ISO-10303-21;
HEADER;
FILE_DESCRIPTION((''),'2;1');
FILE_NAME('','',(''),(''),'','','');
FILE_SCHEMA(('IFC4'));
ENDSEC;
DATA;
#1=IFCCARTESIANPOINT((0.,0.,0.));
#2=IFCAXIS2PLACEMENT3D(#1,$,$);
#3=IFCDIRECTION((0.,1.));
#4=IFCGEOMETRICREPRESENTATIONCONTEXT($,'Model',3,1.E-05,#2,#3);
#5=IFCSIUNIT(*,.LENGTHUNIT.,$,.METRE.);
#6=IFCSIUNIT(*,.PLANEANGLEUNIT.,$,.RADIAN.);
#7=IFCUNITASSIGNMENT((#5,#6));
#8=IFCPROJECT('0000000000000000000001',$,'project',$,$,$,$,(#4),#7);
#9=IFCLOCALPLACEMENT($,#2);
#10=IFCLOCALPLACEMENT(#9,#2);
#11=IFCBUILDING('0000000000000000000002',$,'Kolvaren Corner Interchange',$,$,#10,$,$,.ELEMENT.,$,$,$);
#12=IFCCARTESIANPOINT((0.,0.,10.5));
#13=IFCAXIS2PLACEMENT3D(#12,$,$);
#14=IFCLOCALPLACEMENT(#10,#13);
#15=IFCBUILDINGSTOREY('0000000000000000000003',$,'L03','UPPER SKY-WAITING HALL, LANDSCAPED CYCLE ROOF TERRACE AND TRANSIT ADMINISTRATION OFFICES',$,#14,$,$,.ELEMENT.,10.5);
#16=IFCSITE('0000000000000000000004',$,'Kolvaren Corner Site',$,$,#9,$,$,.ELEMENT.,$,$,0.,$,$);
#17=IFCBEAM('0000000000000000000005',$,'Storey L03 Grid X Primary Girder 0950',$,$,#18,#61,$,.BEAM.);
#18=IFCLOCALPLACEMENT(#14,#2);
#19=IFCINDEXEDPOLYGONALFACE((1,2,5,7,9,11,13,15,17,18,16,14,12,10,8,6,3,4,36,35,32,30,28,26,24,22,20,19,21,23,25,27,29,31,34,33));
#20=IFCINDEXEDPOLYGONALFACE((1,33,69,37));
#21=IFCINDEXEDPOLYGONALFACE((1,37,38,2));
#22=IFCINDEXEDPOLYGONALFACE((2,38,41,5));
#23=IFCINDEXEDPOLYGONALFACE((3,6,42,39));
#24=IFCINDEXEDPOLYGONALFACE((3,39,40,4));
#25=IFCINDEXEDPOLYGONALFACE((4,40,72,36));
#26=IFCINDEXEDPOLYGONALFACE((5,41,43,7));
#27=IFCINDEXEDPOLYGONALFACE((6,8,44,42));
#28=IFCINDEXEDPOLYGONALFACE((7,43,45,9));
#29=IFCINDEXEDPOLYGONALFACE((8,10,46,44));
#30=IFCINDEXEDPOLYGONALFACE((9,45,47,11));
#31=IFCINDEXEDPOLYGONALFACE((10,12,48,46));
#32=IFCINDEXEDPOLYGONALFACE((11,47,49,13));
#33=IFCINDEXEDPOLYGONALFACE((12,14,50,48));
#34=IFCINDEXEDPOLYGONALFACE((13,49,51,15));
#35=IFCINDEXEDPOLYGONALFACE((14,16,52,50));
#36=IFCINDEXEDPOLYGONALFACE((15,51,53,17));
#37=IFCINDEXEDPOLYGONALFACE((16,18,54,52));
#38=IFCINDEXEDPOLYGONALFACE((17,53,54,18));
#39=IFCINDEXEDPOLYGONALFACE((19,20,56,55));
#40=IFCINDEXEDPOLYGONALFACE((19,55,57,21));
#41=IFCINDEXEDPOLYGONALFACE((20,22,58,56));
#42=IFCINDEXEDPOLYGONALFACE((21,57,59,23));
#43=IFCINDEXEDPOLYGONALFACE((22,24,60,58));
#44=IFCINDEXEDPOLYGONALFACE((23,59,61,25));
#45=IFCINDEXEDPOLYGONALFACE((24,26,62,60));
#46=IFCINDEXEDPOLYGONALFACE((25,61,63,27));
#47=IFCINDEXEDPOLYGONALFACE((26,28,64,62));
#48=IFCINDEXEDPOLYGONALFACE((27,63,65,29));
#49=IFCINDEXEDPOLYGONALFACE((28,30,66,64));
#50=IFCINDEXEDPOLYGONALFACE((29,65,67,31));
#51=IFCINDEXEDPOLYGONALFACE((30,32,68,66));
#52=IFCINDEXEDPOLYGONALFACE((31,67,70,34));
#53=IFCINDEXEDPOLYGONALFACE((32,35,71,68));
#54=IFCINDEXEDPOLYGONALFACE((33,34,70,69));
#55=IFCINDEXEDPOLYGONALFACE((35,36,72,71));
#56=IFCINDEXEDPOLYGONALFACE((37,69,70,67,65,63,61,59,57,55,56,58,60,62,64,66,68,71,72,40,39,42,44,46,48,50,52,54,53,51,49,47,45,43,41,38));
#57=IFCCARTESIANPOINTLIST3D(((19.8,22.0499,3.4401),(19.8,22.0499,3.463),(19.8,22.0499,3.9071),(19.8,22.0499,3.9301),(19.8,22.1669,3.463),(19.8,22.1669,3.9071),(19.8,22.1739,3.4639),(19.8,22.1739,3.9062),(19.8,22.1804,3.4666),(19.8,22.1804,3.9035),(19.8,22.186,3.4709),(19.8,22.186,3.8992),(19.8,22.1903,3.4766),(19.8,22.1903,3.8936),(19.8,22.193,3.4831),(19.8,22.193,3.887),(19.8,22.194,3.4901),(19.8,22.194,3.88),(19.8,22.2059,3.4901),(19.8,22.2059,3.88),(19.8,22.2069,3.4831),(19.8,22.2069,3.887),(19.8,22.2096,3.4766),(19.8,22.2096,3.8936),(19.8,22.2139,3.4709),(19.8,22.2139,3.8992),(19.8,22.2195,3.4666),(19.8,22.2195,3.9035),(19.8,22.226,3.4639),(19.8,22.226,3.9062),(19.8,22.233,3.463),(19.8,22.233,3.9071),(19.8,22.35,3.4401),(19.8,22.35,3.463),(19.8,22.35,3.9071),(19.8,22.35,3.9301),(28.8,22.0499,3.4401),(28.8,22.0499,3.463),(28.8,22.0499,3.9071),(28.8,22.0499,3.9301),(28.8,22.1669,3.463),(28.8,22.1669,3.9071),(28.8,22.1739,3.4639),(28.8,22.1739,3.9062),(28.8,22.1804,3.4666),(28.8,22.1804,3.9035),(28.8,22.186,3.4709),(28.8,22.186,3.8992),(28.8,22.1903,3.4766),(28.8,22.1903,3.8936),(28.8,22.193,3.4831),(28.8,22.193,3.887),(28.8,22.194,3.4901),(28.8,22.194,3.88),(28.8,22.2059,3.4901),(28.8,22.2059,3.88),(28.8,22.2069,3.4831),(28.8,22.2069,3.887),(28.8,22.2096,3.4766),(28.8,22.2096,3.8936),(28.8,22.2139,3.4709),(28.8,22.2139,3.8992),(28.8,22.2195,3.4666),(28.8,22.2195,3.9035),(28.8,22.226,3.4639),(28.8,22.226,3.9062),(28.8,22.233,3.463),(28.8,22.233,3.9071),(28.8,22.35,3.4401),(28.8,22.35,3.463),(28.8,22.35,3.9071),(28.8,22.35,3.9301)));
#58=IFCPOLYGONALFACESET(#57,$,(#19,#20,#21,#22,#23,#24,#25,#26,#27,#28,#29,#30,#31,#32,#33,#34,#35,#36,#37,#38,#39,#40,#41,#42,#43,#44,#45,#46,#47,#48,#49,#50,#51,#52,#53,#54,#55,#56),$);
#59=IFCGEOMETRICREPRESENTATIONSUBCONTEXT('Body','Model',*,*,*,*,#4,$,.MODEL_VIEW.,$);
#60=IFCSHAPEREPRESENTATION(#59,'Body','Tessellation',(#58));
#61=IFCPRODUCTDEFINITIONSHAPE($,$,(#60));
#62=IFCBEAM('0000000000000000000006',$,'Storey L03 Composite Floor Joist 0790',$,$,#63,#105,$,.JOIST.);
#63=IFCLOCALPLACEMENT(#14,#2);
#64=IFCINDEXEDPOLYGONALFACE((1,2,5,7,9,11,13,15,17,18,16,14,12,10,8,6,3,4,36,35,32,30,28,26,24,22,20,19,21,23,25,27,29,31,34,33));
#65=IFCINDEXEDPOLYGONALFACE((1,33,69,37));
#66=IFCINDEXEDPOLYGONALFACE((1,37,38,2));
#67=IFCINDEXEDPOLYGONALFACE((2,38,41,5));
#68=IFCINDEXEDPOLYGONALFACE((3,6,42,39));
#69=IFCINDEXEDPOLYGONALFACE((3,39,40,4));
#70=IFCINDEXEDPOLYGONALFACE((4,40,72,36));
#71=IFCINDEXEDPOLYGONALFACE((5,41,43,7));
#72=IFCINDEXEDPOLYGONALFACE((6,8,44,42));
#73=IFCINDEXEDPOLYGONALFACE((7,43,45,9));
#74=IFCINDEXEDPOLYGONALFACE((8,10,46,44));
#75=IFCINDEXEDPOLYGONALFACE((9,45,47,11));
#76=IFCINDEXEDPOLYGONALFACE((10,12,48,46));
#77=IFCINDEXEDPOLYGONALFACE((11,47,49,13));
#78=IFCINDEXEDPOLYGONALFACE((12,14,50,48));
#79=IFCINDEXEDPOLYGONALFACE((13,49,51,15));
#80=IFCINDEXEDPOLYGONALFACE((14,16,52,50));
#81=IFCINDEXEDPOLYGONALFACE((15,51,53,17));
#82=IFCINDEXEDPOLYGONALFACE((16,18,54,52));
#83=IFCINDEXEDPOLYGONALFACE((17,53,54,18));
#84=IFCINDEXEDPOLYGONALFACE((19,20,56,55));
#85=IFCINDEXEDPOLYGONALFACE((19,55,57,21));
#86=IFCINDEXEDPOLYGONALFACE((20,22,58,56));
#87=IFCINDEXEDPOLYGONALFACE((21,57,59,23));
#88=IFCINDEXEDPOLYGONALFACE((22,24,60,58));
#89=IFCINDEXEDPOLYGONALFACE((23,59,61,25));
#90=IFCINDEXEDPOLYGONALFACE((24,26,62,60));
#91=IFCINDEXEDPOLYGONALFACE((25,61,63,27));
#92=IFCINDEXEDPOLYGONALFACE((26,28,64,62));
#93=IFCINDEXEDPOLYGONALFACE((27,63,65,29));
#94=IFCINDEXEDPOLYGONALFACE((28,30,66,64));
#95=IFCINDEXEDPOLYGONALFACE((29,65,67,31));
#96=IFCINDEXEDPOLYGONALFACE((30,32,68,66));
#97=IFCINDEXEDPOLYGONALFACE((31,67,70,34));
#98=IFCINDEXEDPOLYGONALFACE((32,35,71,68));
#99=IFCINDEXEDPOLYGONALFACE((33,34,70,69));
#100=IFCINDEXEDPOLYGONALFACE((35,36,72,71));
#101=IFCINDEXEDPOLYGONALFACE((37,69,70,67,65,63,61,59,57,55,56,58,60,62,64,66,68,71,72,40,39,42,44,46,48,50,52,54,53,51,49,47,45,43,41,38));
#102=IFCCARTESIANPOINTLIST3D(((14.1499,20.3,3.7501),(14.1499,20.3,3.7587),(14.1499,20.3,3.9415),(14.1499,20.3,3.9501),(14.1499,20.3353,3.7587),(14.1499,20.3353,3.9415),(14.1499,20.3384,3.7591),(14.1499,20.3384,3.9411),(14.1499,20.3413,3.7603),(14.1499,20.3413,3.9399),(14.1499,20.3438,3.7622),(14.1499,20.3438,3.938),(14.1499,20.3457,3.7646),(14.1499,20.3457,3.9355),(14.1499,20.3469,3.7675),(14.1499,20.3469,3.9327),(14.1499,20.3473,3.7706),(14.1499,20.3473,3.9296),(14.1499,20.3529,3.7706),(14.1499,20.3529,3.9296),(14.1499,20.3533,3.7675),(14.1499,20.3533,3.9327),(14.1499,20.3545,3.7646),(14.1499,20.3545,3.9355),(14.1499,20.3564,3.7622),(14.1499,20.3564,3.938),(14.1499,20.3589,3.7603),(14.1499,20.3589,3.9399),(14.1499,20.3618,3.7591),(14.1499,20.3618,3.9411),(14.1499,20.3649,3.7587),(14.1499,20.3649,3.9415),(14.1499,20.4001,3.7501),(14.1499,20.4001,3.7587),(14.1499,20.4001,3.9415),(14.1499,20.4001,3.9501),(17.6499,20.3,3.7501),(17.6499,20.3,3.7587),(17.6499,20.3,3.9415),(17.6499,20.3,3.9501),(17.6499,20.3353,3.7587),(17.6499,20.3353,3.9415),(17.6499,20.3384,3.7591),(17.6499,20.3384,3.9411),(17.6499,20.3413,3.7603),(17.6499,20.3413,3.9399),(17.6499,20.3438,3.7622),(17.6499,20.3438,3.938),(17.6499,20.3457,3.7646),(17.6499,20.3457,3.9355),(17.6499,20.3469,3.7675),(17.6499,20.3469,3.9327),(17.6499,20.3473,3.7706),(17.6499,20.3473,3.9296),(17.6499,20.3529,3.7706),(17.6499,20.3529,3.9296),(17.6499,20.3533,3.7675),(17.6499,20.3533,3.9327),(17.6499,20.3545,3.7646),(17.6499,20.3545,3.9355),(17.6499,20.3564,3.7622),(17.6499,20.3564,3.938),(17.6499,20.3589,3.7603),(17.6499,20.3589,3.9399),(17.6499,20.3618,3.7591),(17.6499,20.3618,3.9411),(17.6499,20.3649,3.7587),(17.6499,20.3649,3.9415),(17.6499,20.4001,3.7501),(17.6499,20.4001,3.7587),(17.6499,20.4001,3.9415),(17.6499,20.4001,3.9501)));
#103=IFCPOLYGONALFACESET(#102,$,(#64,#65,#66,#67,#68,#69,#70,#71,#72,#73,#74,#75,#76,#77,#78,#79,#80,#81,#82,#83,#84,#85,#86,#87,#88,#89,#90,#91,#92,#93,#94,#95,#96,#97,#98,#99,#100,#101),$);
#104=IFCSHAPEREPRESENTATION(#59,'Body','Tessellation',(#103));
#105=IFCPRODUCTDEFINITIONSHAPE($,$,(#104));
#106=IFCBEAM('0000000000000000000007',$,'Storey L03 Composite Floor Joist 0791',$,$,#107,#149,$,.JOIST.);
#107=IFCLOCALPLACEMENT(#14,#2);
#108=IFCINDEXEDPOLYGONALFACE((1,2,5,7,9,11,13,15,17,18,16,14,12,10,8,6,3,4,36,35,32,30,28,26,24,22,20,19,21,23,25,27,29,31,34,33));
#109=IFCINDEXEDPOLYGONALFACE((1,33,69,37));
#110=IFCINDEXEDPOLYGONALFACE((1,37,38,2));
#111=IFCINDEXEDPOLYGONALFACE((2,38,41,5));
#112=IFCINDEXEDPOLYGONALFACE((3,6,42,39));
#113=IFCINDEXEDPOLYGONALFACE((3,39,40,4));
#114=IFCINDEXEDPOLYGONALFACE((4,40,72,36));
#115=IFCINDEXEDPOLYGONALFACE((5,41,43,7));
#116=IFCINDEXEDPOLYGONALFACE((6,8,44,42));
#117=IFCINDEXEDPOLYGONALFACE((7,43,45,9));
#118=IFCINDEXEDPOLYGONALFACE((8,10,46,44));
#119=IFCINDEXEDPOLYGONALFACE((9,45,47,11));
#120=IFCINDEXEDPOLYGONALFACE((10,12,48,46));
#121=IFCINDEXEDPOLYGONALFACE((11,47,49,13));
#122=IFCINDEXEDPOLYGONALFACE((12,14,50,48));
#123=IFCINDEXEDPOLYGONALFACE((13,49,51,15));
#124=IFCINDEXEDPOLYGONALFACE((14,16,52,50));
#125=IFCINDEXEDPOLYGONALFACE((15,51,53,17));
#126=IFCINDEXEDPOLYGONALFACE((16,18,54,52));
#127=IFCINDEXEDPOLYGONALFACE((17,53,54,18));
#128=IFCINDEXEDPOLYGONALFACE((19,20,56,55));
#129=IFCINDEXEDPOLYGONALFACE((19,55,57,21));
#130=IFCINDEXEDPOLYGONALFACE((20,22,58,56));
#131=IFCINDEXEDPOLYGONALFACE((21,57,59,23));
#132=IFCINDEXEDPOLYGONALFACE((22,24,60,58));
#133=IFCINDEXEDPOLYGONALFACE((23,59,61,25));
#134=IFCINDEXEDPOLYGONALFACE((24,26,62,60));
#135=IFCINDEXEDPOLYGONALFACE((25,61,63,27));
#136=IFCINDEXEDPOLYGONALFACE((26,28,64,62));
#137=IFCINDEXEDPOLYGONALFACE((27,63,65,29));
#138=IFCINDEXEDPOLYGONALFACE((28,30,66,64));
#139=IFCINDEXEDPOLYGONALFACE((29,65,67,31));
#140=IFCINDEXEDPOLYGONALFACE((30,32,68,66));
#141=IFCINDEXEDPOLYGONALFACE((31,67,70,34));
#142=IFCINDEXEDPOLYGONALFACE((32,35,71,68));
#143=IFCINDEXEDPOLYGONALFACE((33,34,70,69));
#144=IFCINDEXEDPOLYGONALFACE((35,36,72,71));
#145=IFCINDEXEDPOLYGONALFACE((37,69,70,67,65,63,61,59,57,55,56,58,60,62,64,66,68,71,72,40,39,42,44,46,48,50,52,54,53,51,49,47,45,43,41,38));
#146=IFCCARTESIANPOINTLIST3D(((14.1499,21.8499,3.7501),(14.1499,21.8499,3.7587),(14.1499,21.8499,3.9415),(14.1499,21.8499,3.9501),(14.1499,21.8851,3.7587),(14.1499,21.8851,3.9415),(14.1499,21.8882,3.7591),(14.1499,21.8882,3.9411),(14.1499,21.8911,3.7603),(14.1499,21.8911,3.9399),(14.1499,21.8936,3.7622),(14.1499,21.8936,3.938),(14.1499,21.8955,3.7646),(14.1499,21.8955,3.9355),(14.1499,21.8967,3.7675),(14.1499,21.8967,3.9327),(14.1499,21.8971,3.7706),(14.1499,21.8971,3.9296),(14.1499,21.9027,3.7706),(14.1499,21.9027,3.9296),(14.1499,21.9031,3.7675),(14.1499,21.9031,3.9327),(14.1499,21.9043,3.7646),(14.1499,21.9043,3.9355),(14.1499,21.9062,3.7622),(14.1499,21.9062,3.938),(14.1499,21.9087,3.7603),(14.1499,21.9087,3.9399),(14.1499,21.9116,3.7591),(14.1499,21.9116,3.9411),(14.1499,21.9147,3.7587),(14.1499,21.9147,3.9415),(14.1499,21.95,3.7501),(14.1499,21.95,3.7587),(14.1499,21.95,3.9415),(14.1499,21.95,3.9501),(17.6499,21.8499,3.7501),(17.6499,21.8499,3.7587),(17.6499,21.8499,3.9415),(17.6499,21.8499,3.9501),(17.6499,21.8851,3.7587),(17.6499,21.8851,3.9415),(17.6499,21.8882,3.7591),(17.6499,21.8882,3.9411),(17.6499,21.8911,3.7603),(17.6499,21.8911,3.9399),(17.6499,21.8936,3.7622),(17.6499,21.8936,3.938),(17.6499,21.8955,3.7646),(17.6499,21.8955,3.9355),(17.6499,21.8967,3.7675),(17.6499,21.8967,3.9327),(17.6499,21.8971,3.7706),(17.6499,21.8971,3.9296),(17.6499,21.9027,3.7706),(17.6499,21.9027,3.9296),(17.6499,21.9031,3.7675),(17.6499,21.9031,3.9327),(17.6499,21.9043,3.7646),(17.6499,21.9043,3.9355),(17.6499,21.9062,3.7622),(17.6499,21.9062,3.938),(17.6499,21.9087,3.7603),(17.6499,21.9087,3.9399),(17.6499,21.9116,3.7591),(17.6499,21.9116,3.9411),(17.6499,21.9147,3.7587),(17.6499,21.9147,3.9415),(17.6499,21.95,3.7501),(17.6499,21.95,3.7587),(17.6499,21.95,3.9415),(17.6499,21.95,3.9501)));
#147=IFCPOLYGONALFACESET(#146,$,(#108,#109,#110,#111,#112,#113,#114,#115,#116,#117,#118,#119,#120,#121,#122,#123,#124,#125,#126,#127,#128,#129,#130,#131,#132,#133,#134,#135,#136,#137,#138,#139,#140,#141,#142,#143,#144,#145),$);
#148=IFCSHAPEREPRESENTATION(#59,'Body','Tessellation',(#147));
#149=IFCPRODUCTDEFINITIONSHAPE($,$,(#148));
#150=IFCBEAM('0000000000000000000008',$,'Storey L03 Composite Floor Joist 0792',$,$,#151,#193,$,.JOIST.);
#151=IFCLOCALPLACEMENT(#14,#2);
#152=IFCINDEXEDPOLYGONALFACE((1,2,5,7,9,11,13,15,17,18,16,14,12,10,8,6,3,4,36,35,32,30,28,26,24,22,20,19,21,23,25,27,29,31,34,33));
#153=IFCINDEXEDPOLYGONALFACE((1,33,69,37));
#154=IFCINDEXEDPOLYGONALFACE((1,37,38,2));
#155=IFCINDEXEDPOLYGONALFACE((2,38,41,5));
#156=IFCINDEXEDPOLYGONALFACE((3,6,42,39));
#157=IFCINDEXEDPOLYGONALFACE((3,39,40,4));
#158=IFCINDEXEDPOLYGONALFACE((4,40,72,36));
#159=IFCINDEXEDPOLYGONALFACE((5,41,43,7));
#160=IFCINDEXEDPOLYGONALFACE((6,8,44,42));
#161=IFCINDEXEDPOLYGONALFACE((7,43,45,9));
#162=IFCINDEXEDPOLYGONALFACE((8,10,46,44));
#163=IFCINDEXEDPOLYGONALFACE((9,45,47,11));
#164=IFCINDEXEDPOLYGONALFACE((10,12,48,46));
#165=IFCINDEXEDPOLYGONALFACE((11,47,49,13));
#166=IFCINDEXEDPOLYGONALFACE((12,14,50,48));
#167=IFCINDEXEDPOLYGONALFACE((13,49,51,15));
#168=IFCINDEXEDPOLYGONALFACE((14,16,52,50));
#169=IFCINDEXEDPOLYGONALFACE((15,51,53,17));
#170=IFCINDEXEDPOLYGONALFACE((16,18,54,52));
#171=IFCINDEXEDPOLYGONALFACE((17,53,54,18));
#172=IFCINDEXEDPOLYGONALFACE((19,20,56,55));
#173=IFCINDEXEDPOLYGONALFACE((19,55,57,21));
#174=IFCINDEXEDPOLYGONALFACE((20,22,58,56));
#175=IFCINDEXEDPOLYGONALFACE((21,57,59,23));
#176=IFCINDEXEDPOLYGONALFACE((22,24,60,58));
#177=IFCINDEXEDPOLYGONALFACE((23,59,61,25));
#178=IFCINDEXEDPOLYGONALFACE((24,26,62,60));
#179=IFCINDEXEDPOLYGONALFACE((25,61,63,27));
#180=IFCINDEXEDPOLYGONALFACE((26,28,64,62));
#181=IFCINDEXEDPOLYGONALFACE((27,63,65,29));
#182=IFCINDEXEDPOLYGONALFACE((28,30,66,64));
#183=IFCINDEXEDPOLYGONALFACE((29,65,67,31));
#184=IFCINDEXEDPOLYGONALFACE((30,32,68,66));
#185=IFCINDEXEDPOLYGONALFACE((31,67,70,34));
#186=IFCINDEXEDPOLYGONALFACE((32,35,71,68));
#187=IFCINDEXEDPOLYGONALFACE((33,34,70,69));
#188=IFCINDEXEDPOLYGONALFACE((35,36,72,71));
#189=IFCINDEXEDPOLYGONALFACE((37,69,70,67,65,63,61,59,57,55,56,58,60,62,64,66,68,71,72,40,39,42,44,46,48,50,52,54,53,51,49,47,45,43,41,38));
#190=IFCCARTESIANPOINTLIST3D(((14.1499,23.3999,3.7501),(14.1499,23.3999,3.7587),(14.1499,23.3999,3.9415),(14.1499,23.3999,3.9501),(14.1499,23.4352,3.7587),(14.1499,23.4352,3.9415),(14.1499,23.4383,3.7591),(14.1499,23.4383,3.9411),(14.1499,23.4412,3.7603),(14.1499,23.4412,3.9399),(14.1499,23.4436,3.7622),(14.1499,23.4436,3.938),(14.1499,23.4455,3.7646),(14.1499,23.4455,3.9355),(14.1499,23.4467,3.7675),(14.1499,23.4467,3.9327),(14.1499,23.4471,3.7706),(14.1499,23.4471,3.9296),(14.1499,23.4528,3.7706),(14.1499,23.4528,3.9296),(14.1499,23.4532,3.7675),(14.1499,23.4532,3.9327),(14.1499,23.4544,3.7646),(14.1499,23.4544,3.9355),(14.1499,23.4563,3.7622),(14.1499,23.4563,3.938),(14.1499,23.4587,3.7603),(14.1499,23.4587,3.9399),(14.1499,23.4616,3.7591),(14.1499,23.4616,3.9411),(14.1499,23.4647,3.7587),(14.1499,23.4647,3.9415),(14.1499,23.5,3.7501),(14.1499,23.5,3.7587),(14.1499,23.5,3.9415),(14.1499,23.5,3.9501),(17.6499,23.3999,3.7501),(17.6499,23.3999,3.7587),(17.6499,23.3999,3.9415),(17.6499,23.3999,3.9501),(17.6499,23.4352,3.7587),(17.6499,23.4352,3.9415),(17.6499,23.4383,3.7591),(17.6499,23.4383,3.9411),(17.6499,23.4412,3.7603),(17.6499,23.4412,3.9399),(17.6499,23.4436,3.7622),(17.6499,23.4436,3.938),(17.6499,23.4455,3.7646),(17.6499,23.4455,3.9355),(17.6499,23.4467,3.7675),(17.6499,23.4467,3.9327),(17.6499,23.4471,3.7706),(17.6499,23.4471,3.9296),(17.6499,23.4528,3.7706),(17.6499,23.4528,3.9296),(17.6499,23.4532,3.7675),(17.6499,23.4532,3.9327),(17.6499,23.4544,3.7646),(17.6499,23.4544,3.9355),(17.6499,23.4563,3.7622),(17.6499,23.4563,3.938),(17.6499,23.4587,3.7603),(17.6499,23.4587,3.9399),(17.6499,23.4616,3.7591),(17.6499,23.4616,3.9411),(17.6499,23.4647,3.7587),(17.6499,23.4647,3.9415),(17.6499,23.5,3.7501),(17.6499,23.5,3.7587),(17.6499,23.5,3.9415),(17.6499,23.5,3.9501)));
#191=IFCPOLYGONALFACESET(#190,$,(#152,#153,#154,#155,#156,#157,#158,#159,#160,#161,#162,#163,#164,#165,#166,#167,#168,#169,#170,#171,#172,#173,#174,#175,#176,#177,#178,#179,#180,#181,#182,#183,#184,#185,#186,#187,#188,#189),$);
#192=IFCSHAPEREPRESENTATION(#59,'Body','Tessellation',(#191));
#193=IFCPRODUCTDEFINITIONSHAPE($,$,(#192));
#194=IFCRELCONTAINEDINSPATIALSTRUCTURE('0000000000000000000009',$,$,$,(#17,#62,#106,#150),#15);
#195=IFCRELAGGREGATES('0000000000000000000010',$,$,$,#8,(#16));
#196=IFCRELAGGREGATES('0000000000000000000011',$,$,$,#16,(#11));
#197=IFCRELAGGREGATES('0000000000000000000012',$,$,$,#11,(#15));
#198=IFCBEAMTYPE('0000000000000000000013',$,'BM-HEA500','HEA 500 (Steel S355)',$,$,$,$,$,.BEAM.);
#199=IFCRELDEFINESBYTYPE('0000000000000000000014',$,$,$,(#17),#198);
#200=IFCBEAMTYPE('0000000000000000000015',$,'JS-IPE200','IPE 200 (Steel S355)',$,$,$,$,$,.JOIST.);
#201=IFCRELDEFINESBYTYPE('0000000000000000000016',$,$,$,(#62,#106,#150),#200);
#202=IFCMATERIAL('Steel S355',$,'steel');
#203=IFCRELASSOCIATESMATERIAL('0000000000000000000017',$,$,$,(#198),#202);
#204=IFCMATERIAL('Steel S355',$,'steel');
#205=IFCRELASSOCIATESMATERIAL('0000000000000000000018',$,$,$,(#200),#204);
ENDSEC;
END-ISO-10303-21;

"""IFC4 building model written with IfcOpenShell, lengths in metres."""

from ifc_helpers import new_model, si_unit, direction, frame, origin, origin_2d, place, context, subcontext, project, spatial, i_section, extrude, material, material_profile, profile_set, type_object, element, save


model = new_model("IFC4")

# Units and contexts
model_context = context("Model", 3, precision=1e-05, world=origin(), true_north=direction((0.0, 1.0)))
body_context = subcontext(model_context, "Body", "Model", "MODEL_VIEW")
ifc_project = project(units=[si_unit("LENGTHUNIT", "METRE"), si_unit("PLANEANGLEUNIT", "RADIAN")], contexts=[model_context])

# Site, building, storey
site_placement = place(None, origin())
site = spatial("IfcSite", under=ifc_project, at=site_placement, Name="Kolvaren Corner Site", CompositionType="ELEMENT", RefElevation=0.0)
building_placement = place(site_placement, origin())
building = spatial("IfcBuilding", under=site, at=building_placement, Name="Kolvaren Corner Interchange", CompositionType="ELEMENT")
storey_placement = place(building_placement, frame((0.0, 0.0, 10.5)))
storey = spatial("IfcBuildingStorey", under=building, at=storey_placement, Name="L03", Description="UPPER SKY-WAITING HALL, LANDSCAPED CYCLE ROOF TERRACE AND TRANSIT ADMINISTRATION OFFICES", CompositionType="ELEMENT", Elevation=10.5)

# Beams
ifc_material_1 = material(Name="Steel S355", Category="steel")
ifc_material_profile_1 = material_profile(ifc_material_1, i_section(OverallWidth=0.3, OverallDepth=0.49, WebThickness=0.012, FlangeThickness=0.0229, FilletRadius=0.0271, at=origin_2d()), Name="HEA 500")
ifc_profile_set_1 = profile_set([ifc_material_profile_1], Name="Steel S355")
beam_type_1 = type_object("IfcBeamType", Name="BM-HEA500", Description="HEA 500 (Steel S355)", PredefinedType="BEAM", material=ifc_profile_set_1)
beam_1_placement = place(storey_placement, frame((19.8, 22.2, 3.6851), z_axis=(1.0, 0.0, 0.0), x_axis=(0.0, 1.0, 0.0)))
element("IfcBeam", 1, at=beam_1_placement, inside=storey, type_object=beam_type_1, Name="Storey L03 Grid X Primary Girder 0950", PredefinedType="BEAM", context=body_context, shape_type="SweptSolid", body=[
    extrude(i_section(OverallWidth=0.3, OverallDepth=0.49, WebThickness=0.012, FlangeThickness=0.0229, FilletRadius=0.0271, at=origin_2d()), origin(), (0.0, 0.0, 1.0), 9.0),
])
ifc_material_2 = material(Name="Steel S355", Category="steel")
ifc_material_profile_2 = material_profile(ifc_material_2, i_section(OverallWidth=0.1001, OverallDepth=0.2, WebThickness=0.0056, FlangeThickness=0.0085, FilletRadius=0.012, at=origin_2d()), Name="IPE 200")
ifc_profile_set_2 = profile_set([ifc_material_profile_2], Name="Steel S355")
beam_type_2 = type_object("IfcBeamType", Name="JS-IPE200", Description="IPE 200 (Steel S355)", PredefinedType="JOIST", material=ifc_profile_set_2)
for number, where, z_axis, x_axis, name in (
    (2, (14.1499, 20.3501, 3.8501), (1.0, 0.0, 0.0), (0.0, 1.0, 0.0), "Storey L03 Composite Floor Joist 0790"),
    (3, (14.1499, 21.8999, 3.8501), (1.0, 0.0, 0.0), (0.0, 1.0, 0.0), "Storey L03 Composite Floor Joist 0791"),
    (4, (14.1499, 23.45, 3.8501), (1.0, 0.0, 0.0), (0.0, 1.0, 0.0), "Storey L03 Composite Floor Joist 0792"),
):
    element("IfcBeam", number, at=place(storey_placement, frame(where, z_axis=z_axis, x_axis=x_axis)), inside=storey, type_object=beam_type_2, Name=name, PredefinedType="JOIST", context=body_context, shape_type="SweptSolid", body=[
        extrude(i_section(OverallWidth=0.1001, OverallDepth=0.2, WebThickness=0.0056, FlangeThickness=0.0085, FilletRadius=0.012, at=origin_2d()), origin(), (0.0, 0.0, 1.0), 3.5),
    ])

save(model, "model.ifc")
